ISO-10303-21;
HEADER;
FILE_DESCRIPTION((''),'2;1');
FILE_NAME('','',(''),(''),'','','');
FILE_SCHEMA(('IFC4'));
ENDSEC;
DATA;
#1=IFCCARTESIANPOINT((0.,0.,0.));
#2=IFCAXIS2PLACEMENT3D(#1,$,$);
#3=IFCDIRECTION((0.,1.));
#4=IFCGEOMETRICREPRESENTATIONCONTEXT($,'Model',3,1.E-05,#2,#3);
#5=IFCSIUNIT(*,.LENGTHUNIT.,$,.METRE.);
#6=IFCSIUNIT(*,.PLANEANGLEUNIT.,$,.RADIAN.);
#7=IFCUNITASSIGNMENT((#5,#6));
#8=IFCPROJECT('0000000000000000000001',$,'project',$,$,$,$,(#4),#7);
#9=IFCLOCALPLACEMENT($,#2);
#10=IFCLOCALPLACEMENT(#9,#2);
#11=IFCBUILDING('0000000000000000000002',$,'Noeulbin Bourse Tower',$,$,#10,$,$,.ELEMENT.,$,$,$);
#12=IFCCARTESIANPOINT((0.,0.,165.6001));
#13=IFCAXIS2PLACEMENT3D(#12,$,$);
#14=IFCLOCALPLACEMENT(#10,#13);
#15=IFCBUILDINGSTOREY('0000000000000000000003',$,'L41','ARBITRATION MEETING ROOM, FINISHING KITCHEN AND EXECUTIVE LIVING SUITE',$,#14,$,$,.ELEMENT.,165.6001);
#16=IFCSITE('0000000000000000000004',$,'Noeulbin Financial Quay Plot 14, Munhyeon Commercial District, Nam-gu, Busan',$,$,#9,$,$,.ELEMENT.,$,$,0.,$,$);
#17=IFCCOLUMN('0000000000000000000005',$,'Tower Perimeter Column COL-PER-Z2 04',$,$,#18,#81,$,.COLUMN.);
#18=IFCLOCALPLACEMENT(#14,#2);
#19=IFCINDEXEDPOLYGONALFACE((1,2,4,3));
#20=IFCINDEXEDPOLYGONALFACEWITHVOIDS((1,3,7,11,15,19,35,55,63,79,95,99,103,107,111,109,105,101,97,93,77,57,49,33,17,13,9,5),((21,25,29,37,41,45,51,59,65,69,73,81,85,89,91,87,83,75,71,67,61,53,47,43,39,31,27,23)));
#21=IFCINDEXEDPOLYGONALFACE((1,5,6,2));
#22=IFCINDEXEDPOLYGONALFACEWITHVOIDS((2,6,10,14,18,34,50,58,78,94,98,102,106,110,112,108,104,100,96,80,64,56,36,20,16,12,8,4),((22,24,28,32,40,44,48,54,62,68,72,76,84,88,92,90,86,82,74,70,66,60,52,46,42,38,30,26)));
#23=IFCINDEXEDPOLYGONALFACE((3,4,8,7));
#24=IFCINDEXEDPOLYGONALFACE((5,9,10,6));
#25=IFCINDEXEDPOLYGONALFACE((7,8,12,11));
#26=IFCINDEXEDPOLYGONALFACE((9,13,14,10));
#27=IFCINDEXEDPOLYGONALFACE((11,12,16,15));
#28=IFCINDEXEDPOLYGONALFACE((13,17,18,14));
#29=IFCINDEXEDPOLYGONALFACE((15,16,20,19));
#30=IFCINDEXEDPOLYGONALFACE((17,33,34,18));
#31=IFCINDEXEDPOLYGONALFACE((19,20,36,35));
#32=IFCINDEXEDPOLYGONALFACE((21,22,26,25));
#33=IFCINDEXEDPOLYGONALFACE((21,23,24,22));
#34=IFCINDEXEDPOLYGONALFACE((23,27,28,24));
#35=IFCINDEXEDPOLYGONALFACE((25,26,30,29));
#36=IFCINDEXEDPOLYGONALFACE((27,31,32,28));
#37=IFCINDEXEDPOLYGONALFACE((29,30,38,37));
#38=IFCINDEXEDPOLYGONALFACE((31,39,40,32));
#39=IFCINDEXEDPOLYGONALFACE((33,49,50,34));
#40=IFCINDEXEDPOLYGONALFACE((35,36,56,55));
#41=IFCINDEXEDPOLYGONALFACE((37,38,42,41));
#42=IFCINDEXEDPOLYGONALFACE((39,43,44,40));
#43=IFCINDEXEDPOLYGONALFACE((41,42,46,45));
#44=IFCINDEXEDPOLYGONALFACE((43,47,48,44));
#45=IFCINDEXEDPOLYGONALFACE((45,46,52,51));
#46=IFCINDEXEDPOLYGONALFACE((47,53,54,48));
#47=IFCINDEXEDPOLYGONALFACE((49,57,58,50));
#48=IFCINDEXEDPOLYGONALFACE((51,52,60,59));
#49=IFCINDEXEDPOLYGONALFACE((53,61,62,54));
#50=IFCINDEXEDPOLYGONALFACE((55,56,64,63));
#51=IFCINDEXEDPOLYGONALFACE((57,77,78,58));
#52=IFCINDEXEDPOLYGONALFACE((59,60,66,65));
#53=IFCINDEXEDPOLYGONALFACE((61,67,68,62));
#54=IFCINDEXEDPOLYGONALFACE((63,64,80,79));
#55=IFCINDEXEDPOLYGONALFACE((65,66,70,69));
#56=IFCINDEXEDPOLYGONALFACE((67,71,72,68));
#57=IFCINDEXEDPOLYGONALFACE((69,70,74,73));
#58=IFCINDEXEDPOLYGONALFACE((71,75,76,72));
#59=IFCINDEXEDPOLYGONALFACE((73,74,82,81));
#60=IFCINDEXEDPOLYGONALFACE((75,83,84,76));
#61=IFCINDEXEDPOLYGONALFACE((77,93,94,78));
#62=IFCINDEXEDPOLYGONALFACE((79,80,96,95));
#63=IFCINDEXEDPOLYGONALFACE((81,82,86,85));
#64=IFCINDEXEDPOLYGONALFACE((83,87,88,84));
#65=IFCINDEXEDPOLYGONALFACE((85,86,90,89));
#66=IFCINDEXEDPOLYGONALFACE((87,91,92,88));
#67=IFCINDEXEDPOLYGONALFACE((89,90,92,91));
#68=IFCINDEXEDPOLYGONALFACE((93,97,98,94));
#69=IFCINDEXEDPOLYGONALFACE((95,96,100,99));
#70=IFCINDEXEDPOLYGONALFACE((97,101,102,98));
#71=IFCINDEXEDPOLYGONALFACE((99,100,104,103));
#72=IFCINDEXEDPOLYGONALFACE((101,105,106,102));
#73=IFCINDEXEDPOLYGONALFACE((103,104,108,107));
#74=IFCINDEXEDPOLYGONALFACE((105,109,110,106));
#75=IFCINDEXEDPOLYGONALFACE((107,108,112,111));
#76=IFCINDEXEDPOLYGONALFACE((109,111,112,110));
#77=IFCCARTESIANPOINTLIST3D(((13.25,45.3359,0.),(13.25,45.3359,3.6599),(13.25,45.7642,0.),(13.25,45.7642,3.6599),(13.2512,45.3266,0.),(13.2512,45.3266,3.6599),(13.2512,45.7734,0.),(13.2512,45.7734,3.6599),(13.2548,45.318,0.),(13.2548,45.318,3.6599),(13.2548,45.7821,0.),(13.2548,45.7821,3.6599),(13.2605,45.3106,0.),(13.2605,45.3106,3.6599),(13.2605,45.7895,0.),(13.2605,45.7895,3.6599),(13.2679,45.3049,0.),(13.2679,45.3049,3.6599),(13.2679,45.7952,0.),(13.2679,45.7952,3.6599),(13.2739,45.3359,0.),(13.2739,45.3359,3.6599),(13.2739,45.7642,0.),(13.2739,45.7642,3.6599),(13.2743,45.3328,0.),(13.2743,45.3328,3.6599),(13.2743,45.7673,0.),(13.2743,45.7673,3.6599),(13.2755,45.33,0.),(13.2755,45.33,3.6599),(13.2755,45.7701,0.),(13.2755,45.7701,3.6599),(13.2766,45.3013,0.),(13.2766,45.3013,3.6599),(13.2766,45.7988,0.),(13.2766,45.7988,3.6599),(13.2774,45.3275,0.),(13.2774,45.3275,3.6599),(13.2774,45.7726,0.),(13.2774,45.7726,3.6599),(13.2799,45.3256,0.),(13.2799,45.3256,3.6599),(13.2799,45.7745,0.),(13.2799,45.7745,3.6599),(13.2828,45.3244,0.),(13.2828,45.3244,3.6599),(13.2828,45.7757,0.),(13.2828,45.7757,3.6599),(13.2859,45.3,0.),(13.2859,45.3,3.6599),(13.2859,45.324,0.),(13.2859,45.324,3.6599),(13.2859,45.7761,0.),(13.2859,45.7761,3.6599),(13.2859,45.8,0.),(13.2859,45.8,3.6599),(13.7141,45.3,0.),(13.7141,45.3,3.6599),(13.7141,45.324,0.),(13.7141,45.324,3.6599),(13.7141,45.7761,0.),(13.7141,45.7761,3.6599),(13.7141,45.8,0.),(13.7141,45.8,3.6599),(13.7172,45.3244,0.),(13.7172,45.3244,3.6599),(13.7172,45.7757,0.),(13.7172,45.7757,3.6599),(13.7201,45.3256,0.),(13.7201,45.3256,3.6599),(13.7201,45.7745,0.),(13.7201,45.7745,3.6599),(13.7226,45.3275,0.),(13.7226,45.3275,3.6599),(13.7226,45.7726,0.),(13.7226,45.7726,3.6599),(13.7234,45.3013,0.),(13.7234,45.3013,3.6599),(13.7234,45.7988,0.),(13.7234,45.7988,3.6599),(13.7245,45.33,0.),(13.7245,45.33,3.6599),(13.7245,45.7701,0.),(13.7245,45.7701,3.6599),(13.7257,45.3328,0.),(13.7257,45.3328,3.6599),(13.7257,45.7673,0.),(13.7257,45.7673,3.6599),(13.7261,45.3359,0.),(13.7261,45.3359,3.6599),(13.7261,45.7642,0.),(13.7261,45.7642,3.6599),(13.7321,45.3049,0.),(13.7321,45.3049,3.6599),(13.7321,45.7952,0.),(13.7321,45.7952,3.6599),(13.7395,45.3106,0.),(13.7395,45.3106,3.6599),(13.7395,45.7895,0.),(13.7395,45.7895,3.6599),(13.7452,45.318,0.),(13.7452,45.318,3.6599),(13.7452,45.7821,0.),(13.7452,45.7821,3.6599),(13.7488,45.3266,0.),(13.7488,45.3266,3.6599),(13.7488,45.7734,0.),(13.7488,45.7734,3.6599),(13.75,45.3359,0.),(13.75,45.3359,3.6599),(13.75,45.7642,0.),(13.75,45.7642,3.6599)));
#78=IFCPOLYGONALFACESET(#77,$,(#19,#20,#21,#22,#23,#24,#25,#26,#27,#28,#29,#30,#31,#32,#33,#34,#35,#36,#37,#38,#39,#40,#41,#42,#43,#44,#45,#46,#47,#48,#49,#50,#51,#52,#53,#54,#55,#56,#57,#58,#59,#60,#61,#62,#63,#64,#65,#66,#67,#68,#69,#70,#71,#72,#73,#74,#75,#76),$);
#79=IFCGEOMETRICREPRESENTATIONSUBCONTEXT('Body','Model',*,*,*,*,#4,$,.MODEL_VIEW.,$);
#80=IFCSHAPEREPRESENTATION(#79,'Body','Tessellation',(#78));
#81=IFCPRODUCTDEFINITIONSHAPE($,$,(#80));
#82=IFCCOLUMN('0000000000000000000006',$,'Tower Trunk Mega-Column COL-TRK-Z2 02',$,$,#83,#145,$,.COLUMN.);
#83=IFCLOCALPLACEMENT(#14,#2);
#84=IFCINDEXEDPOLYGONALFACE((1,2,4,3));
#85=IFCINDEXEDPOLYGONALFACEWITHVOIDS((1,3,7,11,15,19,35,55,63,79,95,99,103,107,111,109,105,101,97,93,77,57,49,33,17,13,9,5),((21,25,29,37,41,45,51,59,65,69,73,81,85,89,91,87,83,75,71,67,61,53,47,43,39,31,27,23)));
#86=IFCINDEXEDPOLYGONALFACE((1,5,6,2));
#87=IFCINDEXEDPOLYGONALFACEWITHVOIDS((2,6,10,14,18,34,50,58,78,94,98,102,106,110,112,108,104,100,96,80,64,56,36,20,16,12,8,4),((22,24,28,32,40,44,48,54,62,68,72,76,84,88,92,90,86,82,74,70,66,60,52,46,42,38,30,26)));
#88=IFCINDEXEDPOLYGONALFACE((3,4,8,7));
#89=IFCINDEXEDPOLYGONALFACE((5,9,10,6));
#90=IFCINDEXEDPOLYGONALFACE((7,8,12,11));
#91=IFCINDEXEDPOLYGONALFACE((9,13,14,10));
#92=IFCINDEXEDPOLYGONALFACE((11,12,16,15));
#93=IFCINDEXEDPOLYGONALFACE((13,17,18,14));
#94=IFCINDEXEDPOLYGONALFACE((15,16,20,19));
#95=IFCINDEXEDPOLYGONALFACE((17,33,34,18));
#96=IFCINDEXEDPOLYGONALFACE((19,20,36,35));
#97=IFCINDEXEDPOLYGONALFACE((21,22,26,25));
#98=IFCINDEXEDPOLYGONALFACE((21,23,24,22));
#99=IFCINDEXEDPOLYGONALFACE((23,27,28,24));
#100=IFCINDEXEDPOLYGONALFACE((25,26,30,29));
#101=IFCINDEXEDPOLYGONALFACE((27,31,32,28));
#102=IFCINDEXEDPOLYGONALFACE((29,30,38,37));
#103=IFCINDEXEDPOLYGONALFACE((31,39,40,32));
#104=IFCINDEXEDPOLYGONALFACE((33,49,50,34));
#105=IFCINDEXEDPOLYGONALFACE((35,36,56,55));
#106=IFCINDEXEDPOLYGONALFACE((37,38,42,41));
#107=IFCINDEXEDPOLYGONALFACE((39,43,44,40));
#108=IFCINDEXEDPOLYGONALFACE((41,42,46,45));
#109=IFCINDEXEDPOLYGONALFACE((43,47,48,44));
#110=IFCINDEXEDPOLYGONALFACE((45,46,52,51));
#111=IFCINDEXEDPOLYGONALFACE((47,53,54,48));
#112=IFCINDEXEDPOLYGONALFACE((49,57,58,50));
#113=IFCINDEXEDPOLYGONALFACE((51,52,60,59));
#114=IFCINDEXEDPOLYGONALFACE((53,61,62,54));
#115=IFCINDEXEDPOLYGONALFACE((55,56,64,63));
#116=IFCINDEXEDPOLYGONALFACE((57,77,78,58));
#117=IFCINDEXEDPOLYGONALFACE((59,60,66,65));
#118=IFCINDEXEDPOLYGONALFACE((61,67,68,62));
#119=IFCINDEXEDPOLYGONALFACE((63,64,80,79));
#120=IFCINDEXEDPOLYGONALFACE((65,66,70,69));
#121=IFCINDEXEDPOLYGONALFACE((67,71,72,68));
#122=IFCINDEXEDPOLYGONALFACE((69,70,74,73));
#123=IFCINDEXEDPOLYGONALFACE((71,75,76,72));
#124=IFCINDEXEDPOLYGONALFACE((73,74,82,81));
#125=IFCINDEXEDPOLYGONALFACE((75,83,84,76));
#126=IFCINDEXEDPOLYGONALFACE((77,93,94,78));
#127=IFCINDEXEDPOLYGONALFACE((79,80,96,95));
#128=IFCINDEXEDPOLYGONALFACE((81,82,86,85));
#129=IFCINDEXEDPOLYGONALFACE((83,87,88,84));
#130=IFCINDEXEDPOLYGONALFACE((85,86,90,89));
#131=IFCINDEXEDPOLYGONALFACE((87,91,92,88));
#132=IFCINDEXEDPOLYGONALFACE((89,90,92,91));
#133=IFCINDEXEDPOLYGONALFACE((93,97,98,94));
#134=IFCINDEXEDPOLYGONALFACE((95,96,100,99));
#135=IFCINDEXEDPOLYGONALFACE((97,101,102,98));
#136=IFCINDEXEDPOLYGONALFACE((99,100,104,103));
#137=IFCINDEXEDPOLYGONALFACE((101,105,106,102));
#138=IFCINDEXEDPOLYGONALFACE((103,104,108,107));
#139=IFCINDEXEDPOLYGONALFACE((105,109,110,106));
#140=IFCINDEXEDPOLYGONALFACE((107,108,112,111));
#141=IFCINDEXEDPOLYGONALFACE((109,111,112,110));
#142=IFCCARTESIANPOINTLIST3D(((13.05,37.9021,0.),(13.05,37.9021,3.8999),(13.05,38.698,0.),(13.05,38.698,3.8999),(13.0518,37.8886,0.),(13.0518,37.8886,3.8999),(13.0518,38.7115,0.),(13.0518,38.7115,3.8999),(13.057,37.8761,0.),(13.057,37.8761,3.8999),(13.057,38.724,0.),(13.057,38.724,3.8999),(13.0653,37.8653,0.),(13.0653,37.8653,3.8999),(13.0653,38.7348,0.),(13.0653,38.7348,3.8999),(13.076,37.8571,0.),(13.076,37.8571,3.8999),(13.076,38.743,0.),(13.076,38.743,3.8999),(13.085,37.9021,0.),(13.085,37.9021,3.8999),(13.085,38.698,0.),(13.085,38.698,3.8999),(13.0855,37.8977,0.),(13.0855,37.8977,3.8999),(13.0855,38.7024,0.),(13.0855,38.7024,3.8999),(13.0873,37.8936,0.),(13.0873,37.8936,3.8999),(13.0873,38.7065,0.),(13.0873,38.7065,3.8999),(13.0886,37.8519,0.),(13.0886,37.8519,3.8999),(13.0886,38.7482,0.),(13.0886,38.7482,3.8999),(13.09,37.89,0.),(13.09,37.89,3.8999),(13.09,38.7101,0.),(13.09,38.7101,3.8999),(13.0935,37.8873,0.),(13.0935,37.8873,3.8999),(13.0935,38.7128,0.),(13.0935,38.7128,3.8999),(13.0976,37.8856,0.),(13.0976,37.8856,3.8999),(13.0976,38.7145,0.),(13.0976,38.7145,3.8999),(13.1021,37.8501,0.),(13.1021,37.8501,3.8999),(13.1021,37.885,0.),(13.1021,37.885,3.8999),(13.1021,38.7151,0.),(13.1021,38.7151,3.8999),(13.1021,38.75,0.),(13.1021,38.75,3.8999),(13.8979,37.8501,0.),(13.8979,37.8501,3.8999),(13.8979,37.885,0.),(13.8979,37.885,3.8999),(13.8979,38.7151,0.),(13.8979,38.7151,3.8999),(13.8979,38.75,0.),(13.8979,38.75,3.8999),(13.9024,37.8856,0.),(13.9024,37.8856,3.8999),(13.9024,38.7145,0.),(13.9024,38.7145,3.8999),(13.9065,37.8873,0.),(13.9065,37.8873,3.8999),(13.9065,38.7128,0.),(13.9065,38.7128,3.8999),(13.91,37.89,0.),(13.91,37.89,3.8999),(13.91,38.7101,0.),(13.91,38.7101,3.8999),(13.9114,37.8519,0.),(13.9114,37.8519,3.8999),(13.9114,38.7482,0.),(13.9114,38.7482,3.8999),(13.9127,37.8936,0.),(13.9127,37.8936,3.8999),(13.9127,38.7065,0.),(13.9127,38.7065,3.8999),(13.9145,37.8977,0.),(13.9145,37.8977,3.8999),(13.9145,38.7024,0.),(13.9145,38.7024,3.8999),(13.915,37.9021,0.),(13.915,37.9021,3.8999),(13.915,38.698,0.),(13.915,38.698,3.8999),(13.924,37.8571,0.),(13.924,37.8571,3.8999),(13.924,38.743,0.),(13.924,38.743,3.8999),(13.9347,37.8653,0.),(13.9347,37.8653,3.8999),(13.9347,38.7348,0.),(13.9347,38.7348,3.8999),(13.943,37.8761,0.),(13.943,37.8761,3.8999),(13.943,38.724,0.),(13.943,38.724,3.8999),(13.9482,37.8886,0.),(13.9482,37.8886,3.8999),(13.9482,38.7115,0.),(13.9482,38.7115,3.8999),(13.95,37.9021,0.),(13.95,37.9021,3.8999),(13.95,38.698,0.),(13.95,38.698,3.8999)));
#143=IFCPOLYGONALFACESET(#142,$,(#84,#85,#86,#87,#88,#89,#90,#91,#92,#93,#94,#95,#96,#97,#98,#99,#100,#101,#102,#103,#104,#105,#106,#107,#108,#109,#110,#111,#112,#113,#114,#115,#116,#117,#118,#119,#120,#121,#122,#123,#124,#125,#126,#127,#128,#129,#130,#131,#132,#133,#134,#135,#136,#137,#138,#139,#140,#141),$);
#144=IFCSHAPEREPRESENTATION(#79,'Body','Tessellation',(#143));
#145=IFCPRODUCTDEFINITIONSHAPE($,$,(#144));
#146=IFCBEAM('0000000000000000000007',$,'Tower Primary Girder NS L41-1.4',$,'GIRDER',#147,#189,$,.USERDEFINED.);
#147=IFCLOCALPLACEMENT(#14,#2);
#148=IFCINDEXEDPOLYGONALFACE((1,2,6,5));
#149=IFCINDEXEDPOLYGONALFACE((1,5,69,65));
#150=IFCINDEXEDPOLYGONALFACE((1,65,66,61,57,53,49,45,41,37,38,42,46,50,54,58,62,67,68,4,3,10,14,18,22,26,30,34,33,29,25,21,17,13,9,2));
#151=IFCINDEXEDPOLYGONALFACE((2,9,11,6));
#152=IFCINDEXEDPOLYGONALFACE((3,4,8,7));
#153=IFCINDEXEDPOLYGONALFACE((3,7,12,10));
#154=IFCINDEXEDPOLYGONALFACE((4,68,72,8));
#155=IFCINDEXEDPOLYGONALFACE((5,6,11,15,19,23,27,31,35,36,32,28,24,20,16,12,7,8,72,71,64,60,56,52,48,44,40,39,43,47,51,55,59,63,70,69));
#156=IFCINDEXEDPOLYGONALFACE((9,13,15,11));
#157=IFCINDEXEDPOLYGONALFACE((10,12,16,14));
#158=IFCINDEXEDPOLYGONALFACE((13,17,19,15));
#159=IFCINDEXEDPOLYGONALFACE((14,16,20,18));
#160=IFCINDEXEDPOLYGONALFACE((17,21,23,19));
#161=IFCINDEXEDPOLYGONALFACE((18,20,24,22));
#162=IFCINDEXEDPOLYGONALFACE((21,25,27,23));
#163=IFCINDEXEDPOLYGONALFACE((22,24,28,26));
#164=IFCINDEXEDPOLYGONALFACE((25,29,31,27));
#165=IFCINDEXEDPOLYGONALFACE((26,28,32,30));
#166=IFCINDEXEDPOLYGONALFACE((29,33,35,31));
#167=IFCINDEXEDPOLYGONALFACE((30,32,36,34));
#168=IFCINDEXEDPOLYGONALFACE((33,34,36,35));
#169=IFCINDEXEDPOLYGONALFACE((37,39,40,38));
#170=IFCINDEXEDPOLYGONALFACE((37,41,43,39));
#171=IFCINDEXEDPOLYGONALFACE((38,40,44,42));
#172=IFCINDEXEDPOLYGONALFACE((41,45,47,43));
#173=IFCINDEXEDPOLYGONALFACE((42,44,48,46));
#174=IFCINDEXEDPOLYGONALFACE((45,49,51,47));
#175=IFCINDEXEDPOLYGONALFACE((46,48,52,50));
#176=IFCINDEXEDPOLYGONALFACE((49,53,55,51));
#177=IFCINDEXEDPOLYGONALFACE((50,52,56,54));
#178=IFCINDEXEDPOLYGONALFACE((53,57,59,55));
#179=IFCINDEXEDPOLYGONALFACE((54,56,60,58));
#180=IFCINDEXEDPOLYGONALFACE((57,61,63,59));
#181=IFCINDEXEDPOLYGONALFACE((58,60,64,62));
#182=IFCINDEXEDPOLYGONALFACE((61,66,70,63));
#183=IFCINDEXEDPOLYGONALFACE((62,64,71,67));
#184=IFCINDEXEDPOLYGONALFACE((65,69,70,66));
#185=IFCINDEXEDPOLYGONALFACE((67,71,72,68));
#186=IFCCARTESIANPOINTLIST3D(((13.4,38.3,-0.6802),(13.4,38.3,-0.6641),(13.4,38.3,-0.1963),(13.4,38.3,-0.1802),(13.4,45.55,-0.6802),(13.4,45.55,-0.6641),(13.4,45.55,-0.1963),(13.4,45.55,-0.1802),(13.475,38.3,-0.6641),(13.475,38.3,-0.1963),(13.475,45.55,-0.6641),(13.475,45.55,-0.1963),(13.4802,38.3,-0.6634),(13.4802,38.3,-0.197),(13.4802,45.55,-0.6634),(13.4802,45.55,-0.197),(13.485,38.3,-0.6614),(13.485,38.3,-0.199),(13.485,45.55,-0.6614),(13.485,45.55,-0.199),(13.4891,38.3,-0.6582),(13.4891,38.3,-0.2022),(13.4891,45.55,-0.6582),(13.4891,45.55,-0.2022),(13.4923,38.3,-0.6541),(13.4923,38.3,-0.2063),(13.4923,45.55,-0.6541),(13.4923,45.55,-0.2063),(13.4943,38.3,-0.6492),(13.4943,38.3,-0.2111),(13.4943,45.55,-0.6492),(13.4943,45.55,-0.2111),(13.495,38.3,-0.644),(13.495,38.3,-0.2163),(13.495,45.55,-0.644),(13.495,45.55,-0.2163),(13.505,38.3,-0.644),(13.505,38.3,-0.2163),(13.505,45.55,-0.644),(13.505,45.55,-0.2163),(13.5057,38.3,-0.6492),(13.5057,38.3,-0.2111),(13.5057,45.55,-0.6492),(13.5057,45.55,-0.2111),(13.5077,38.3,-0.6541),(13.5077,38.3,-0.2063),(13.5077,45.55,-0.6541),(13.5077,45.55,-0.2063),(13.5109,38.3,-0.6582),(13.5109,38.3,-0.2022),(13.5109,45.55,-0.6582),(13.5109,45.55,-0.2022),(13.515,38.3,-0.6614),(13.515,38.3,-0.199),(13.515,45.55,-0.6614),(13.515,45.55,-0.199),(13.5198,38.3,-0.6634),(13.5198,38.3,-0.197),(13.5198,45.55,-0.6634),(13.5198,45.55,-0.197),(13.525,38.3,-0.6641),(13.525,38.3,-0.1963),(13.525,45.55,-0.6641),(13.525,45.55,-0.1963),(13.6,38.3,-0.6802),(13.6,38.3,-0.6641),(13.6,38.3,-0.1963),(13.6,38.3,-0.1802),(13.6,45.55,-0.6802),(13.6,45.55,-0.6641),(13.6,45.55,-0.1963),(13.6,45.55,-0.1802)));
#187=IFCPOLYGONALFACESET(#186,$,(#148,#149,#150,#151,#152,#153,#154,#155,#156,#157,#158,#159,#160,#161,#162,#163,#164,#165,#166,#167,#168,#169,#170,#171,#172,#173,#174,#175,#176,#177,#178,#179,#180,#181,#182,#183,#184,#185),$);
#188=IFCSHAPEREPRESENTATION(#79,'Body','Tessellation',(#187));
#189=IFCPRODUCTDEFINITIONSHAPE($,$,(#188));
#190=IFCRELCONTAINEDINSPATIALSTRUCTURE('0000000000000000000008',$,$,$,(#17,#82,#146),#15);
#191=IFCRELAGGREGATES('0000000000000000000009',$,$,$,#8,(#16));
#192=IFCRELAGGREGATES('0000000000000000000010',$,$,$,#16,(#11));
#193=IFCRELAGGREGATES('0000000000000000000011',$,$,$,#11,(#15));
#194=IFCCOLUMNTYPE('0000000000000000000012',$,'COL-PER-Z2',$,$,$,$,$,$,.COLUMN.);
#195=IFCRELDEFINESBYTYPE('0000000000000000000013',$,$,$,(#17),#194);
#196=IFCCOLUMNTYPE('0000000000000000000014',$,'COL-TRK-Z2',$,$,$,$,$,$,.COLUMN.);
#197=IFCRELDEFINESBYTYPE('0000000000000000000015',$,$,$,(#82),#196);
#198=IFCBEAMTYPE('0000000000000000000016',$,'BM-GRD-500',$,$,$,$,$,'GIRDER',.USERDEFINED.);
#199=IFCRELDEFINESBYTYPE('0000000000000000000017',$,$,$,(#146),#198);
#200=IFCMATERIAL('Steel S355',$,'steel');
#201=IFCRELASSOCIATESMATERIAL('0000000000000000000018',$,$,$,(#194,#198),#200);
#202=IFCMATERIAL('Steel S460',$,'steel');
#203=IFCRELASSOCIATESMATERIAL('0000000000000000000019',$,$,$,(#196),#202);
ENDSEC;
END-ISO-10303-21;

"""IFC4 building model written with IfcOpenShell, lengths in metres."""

from ifc_helpers import new_model, si_unit, direction, frame, origin, origin_2d, place, context, subcontext, project, spatial, hollow_rectangle, i_section, extrude, material, material_profile, profile_set, type_object, element, save


model = new_model("IFC4")

# Units and contexts
model_context = context("Model", 3, precision=1e-05, world=origin(), true_north=direction((0.0, 1.0)))
body_context = subcontext(model_context, "Body", "Model", "MODEL_VIEW")
ifc_project = project(units=[si_unit("LENGTHUNIT", "METRE"), si_unit("PLANEANGLEUNIT", "RADIAN")], contexts=[model_context])

# Site, building, storey
site_placement = place(None, origin())
site = spatial("IfcSite", under=ifc_project, at=site_placement, Name="Noeulbin Financial Quay Plot 14, Munhyeon Commercial District, Nam-gu, Busan", CompositionType="ELEMENT", RefElevation=0.0)
building_placement = place(site_placement, origin())
building = spatial("IfcBuilding", under=site, at=building_placement, Name="Noeulbin Bourse Tower", CompositionType="ELEMENT")
storey_placement = place(building_placement, frame((0.0, 0.0, 165.6001)))
storey = spatial("IfcBuildingStorey", under=building, at=storey_placement, Name="L41", Description="ARBITRATION MEETING ROOM, FINISHING KITCHEN AND EXECUTIVE LIVING SUITE", CompositionType="ELEMENT", Elevation=165.6001)

# Columns
ifc_material_1 = material(Name="Steel S355", Category="steel")
ifc_material_profile_1 = material_profile(ifc_material_1, hollow_rectangle(XDim=0.5, YDim=0.5, WallThickness=0.0239, InnerFilletRadius=0.012, OuterFilletRadius=0.0359, at=origin_2d()), Name="BOX-500x500x24", Category="LoadBearing")
ifc_profile_set_1 = profile_set([ifc_material_profile_1], Name="Steel S355")
column_type_1 = type_object("IfcColumnType", Name="COL-PER-Z2", PredefinedType="COLUMN", material=ifc_profile_set_1)
column_1_placement = place(storey_placement, frame((13.5, 45.55, 0.0), z_axis=(0.0, 0.0, 1.0), x_axis=(1.0, 0.0, 0.0)))
element("IfcColumn", 1, at=column_1_placement, inside=storey, type_object=column_type_1, Name="Tower Perimeter Column COL-PER-Z2 04", PredefinedType="COLUMN", context=body_context, shape_type="SweptSolid", body=[
    extrude(hollow_rectangle(XDim=0.5, YDim=0.5, WallThickness=0.0239, InnerFilletRadius=0.012, OuterFilletRadius=0.0359, at=origin_2d()), origin(), (0.0, 0.0, 1.0), 3.6599),
])
ifc_material_2 = material(Name="Steel S460", Category="steel")
ifc_material_profile_2 = material_profile(ifc_material_2, hollow_rectangle(XDim=0.8999, YDim=0.8999, WallThickness=0.0349, InnerFilletRadius=0.0171, OuterFilletRadius=0.052, at=origin_2d()), Name="BOX-900x900x35", Category="LoadBearing")
ifc_profile_set_2 = profile_set([ifc_material_profile_2], Name="Steel S460")
column_type_2 = type_object("IfcColumnType", Name="COL-TRK-Z2", PredefinedType="COLUMN", material=ifc_profile_set_2)
column_2_placement = place(storey_placement, frame((13.5, 38.3, 0.0), z_axis=(0.0, 0.0, 1.0), x_axis=(1.0, 0.0, 0.0)))
element("IfcColumn", 2, at=column_2_placement, inside=storey, type_object=column_type_2, Name="Tower Trunk Mega-Column COL-TRK-Z2 02", PredefinedType="COLUMN", context=body_context, shape_type="SweptSolid", body=[
    extrude(hollow_rectangle(XDim=0.8999, YDim=0.8999, WallThickness=0.0349, InnerFilletRadius=0.0171, OuterFilletRadius=0.052, at=origin_2d()), origin(), (0.0, 0.0, 1.0), 3.8999),
])

# Beam
ifc_material_profile_3 = material_profile(ifc_material_1, i_section(OverallWidth=0.2, OverallDepth=0.5, WebThickness=0.01, FlangeThickness=0.0161, FilletRadius=0.02, at=origin_2d()), Name="H-500x200x10x16", Category="LoadBearing")
ifc_profile_set_3 = profile_set([ifc_material_profile_3], Name="Steel S355")
beam_type_1 = type_object("IfcBeamType", Name="BM-GRD-500", ElementType="GIRDER", PredefinedType="USERDEFINED", material=ifc_profile_set_3)
beam_1_placement = place(storey_placement, frame((13.5, 38.3, -0.4302), z_axis=(0.0, 1.0, 0.0), x_axis=(-1.0, 0.0, 0.0)))
element("IfcBeam", 3, at=beam_1_placement, inside=storey, type_object=beam_type_1, Name="Tower Primary Girder NS L41-1.4", ObjectType="GIRDER", PredefinedType="USERDEFINED", context=body_context, shape_type="SweptSolid", body=[
    extrude(i_section(OverallWidth=0.2, OverallDepth=0.5, WebThickness=0.01, FlangeThickness=0.0161, FilletRadius=0.02, at=origin_2d()), origin(), (0.0, 0.0, 1.0), 7.25),
])

save(model, "model.ifc")
